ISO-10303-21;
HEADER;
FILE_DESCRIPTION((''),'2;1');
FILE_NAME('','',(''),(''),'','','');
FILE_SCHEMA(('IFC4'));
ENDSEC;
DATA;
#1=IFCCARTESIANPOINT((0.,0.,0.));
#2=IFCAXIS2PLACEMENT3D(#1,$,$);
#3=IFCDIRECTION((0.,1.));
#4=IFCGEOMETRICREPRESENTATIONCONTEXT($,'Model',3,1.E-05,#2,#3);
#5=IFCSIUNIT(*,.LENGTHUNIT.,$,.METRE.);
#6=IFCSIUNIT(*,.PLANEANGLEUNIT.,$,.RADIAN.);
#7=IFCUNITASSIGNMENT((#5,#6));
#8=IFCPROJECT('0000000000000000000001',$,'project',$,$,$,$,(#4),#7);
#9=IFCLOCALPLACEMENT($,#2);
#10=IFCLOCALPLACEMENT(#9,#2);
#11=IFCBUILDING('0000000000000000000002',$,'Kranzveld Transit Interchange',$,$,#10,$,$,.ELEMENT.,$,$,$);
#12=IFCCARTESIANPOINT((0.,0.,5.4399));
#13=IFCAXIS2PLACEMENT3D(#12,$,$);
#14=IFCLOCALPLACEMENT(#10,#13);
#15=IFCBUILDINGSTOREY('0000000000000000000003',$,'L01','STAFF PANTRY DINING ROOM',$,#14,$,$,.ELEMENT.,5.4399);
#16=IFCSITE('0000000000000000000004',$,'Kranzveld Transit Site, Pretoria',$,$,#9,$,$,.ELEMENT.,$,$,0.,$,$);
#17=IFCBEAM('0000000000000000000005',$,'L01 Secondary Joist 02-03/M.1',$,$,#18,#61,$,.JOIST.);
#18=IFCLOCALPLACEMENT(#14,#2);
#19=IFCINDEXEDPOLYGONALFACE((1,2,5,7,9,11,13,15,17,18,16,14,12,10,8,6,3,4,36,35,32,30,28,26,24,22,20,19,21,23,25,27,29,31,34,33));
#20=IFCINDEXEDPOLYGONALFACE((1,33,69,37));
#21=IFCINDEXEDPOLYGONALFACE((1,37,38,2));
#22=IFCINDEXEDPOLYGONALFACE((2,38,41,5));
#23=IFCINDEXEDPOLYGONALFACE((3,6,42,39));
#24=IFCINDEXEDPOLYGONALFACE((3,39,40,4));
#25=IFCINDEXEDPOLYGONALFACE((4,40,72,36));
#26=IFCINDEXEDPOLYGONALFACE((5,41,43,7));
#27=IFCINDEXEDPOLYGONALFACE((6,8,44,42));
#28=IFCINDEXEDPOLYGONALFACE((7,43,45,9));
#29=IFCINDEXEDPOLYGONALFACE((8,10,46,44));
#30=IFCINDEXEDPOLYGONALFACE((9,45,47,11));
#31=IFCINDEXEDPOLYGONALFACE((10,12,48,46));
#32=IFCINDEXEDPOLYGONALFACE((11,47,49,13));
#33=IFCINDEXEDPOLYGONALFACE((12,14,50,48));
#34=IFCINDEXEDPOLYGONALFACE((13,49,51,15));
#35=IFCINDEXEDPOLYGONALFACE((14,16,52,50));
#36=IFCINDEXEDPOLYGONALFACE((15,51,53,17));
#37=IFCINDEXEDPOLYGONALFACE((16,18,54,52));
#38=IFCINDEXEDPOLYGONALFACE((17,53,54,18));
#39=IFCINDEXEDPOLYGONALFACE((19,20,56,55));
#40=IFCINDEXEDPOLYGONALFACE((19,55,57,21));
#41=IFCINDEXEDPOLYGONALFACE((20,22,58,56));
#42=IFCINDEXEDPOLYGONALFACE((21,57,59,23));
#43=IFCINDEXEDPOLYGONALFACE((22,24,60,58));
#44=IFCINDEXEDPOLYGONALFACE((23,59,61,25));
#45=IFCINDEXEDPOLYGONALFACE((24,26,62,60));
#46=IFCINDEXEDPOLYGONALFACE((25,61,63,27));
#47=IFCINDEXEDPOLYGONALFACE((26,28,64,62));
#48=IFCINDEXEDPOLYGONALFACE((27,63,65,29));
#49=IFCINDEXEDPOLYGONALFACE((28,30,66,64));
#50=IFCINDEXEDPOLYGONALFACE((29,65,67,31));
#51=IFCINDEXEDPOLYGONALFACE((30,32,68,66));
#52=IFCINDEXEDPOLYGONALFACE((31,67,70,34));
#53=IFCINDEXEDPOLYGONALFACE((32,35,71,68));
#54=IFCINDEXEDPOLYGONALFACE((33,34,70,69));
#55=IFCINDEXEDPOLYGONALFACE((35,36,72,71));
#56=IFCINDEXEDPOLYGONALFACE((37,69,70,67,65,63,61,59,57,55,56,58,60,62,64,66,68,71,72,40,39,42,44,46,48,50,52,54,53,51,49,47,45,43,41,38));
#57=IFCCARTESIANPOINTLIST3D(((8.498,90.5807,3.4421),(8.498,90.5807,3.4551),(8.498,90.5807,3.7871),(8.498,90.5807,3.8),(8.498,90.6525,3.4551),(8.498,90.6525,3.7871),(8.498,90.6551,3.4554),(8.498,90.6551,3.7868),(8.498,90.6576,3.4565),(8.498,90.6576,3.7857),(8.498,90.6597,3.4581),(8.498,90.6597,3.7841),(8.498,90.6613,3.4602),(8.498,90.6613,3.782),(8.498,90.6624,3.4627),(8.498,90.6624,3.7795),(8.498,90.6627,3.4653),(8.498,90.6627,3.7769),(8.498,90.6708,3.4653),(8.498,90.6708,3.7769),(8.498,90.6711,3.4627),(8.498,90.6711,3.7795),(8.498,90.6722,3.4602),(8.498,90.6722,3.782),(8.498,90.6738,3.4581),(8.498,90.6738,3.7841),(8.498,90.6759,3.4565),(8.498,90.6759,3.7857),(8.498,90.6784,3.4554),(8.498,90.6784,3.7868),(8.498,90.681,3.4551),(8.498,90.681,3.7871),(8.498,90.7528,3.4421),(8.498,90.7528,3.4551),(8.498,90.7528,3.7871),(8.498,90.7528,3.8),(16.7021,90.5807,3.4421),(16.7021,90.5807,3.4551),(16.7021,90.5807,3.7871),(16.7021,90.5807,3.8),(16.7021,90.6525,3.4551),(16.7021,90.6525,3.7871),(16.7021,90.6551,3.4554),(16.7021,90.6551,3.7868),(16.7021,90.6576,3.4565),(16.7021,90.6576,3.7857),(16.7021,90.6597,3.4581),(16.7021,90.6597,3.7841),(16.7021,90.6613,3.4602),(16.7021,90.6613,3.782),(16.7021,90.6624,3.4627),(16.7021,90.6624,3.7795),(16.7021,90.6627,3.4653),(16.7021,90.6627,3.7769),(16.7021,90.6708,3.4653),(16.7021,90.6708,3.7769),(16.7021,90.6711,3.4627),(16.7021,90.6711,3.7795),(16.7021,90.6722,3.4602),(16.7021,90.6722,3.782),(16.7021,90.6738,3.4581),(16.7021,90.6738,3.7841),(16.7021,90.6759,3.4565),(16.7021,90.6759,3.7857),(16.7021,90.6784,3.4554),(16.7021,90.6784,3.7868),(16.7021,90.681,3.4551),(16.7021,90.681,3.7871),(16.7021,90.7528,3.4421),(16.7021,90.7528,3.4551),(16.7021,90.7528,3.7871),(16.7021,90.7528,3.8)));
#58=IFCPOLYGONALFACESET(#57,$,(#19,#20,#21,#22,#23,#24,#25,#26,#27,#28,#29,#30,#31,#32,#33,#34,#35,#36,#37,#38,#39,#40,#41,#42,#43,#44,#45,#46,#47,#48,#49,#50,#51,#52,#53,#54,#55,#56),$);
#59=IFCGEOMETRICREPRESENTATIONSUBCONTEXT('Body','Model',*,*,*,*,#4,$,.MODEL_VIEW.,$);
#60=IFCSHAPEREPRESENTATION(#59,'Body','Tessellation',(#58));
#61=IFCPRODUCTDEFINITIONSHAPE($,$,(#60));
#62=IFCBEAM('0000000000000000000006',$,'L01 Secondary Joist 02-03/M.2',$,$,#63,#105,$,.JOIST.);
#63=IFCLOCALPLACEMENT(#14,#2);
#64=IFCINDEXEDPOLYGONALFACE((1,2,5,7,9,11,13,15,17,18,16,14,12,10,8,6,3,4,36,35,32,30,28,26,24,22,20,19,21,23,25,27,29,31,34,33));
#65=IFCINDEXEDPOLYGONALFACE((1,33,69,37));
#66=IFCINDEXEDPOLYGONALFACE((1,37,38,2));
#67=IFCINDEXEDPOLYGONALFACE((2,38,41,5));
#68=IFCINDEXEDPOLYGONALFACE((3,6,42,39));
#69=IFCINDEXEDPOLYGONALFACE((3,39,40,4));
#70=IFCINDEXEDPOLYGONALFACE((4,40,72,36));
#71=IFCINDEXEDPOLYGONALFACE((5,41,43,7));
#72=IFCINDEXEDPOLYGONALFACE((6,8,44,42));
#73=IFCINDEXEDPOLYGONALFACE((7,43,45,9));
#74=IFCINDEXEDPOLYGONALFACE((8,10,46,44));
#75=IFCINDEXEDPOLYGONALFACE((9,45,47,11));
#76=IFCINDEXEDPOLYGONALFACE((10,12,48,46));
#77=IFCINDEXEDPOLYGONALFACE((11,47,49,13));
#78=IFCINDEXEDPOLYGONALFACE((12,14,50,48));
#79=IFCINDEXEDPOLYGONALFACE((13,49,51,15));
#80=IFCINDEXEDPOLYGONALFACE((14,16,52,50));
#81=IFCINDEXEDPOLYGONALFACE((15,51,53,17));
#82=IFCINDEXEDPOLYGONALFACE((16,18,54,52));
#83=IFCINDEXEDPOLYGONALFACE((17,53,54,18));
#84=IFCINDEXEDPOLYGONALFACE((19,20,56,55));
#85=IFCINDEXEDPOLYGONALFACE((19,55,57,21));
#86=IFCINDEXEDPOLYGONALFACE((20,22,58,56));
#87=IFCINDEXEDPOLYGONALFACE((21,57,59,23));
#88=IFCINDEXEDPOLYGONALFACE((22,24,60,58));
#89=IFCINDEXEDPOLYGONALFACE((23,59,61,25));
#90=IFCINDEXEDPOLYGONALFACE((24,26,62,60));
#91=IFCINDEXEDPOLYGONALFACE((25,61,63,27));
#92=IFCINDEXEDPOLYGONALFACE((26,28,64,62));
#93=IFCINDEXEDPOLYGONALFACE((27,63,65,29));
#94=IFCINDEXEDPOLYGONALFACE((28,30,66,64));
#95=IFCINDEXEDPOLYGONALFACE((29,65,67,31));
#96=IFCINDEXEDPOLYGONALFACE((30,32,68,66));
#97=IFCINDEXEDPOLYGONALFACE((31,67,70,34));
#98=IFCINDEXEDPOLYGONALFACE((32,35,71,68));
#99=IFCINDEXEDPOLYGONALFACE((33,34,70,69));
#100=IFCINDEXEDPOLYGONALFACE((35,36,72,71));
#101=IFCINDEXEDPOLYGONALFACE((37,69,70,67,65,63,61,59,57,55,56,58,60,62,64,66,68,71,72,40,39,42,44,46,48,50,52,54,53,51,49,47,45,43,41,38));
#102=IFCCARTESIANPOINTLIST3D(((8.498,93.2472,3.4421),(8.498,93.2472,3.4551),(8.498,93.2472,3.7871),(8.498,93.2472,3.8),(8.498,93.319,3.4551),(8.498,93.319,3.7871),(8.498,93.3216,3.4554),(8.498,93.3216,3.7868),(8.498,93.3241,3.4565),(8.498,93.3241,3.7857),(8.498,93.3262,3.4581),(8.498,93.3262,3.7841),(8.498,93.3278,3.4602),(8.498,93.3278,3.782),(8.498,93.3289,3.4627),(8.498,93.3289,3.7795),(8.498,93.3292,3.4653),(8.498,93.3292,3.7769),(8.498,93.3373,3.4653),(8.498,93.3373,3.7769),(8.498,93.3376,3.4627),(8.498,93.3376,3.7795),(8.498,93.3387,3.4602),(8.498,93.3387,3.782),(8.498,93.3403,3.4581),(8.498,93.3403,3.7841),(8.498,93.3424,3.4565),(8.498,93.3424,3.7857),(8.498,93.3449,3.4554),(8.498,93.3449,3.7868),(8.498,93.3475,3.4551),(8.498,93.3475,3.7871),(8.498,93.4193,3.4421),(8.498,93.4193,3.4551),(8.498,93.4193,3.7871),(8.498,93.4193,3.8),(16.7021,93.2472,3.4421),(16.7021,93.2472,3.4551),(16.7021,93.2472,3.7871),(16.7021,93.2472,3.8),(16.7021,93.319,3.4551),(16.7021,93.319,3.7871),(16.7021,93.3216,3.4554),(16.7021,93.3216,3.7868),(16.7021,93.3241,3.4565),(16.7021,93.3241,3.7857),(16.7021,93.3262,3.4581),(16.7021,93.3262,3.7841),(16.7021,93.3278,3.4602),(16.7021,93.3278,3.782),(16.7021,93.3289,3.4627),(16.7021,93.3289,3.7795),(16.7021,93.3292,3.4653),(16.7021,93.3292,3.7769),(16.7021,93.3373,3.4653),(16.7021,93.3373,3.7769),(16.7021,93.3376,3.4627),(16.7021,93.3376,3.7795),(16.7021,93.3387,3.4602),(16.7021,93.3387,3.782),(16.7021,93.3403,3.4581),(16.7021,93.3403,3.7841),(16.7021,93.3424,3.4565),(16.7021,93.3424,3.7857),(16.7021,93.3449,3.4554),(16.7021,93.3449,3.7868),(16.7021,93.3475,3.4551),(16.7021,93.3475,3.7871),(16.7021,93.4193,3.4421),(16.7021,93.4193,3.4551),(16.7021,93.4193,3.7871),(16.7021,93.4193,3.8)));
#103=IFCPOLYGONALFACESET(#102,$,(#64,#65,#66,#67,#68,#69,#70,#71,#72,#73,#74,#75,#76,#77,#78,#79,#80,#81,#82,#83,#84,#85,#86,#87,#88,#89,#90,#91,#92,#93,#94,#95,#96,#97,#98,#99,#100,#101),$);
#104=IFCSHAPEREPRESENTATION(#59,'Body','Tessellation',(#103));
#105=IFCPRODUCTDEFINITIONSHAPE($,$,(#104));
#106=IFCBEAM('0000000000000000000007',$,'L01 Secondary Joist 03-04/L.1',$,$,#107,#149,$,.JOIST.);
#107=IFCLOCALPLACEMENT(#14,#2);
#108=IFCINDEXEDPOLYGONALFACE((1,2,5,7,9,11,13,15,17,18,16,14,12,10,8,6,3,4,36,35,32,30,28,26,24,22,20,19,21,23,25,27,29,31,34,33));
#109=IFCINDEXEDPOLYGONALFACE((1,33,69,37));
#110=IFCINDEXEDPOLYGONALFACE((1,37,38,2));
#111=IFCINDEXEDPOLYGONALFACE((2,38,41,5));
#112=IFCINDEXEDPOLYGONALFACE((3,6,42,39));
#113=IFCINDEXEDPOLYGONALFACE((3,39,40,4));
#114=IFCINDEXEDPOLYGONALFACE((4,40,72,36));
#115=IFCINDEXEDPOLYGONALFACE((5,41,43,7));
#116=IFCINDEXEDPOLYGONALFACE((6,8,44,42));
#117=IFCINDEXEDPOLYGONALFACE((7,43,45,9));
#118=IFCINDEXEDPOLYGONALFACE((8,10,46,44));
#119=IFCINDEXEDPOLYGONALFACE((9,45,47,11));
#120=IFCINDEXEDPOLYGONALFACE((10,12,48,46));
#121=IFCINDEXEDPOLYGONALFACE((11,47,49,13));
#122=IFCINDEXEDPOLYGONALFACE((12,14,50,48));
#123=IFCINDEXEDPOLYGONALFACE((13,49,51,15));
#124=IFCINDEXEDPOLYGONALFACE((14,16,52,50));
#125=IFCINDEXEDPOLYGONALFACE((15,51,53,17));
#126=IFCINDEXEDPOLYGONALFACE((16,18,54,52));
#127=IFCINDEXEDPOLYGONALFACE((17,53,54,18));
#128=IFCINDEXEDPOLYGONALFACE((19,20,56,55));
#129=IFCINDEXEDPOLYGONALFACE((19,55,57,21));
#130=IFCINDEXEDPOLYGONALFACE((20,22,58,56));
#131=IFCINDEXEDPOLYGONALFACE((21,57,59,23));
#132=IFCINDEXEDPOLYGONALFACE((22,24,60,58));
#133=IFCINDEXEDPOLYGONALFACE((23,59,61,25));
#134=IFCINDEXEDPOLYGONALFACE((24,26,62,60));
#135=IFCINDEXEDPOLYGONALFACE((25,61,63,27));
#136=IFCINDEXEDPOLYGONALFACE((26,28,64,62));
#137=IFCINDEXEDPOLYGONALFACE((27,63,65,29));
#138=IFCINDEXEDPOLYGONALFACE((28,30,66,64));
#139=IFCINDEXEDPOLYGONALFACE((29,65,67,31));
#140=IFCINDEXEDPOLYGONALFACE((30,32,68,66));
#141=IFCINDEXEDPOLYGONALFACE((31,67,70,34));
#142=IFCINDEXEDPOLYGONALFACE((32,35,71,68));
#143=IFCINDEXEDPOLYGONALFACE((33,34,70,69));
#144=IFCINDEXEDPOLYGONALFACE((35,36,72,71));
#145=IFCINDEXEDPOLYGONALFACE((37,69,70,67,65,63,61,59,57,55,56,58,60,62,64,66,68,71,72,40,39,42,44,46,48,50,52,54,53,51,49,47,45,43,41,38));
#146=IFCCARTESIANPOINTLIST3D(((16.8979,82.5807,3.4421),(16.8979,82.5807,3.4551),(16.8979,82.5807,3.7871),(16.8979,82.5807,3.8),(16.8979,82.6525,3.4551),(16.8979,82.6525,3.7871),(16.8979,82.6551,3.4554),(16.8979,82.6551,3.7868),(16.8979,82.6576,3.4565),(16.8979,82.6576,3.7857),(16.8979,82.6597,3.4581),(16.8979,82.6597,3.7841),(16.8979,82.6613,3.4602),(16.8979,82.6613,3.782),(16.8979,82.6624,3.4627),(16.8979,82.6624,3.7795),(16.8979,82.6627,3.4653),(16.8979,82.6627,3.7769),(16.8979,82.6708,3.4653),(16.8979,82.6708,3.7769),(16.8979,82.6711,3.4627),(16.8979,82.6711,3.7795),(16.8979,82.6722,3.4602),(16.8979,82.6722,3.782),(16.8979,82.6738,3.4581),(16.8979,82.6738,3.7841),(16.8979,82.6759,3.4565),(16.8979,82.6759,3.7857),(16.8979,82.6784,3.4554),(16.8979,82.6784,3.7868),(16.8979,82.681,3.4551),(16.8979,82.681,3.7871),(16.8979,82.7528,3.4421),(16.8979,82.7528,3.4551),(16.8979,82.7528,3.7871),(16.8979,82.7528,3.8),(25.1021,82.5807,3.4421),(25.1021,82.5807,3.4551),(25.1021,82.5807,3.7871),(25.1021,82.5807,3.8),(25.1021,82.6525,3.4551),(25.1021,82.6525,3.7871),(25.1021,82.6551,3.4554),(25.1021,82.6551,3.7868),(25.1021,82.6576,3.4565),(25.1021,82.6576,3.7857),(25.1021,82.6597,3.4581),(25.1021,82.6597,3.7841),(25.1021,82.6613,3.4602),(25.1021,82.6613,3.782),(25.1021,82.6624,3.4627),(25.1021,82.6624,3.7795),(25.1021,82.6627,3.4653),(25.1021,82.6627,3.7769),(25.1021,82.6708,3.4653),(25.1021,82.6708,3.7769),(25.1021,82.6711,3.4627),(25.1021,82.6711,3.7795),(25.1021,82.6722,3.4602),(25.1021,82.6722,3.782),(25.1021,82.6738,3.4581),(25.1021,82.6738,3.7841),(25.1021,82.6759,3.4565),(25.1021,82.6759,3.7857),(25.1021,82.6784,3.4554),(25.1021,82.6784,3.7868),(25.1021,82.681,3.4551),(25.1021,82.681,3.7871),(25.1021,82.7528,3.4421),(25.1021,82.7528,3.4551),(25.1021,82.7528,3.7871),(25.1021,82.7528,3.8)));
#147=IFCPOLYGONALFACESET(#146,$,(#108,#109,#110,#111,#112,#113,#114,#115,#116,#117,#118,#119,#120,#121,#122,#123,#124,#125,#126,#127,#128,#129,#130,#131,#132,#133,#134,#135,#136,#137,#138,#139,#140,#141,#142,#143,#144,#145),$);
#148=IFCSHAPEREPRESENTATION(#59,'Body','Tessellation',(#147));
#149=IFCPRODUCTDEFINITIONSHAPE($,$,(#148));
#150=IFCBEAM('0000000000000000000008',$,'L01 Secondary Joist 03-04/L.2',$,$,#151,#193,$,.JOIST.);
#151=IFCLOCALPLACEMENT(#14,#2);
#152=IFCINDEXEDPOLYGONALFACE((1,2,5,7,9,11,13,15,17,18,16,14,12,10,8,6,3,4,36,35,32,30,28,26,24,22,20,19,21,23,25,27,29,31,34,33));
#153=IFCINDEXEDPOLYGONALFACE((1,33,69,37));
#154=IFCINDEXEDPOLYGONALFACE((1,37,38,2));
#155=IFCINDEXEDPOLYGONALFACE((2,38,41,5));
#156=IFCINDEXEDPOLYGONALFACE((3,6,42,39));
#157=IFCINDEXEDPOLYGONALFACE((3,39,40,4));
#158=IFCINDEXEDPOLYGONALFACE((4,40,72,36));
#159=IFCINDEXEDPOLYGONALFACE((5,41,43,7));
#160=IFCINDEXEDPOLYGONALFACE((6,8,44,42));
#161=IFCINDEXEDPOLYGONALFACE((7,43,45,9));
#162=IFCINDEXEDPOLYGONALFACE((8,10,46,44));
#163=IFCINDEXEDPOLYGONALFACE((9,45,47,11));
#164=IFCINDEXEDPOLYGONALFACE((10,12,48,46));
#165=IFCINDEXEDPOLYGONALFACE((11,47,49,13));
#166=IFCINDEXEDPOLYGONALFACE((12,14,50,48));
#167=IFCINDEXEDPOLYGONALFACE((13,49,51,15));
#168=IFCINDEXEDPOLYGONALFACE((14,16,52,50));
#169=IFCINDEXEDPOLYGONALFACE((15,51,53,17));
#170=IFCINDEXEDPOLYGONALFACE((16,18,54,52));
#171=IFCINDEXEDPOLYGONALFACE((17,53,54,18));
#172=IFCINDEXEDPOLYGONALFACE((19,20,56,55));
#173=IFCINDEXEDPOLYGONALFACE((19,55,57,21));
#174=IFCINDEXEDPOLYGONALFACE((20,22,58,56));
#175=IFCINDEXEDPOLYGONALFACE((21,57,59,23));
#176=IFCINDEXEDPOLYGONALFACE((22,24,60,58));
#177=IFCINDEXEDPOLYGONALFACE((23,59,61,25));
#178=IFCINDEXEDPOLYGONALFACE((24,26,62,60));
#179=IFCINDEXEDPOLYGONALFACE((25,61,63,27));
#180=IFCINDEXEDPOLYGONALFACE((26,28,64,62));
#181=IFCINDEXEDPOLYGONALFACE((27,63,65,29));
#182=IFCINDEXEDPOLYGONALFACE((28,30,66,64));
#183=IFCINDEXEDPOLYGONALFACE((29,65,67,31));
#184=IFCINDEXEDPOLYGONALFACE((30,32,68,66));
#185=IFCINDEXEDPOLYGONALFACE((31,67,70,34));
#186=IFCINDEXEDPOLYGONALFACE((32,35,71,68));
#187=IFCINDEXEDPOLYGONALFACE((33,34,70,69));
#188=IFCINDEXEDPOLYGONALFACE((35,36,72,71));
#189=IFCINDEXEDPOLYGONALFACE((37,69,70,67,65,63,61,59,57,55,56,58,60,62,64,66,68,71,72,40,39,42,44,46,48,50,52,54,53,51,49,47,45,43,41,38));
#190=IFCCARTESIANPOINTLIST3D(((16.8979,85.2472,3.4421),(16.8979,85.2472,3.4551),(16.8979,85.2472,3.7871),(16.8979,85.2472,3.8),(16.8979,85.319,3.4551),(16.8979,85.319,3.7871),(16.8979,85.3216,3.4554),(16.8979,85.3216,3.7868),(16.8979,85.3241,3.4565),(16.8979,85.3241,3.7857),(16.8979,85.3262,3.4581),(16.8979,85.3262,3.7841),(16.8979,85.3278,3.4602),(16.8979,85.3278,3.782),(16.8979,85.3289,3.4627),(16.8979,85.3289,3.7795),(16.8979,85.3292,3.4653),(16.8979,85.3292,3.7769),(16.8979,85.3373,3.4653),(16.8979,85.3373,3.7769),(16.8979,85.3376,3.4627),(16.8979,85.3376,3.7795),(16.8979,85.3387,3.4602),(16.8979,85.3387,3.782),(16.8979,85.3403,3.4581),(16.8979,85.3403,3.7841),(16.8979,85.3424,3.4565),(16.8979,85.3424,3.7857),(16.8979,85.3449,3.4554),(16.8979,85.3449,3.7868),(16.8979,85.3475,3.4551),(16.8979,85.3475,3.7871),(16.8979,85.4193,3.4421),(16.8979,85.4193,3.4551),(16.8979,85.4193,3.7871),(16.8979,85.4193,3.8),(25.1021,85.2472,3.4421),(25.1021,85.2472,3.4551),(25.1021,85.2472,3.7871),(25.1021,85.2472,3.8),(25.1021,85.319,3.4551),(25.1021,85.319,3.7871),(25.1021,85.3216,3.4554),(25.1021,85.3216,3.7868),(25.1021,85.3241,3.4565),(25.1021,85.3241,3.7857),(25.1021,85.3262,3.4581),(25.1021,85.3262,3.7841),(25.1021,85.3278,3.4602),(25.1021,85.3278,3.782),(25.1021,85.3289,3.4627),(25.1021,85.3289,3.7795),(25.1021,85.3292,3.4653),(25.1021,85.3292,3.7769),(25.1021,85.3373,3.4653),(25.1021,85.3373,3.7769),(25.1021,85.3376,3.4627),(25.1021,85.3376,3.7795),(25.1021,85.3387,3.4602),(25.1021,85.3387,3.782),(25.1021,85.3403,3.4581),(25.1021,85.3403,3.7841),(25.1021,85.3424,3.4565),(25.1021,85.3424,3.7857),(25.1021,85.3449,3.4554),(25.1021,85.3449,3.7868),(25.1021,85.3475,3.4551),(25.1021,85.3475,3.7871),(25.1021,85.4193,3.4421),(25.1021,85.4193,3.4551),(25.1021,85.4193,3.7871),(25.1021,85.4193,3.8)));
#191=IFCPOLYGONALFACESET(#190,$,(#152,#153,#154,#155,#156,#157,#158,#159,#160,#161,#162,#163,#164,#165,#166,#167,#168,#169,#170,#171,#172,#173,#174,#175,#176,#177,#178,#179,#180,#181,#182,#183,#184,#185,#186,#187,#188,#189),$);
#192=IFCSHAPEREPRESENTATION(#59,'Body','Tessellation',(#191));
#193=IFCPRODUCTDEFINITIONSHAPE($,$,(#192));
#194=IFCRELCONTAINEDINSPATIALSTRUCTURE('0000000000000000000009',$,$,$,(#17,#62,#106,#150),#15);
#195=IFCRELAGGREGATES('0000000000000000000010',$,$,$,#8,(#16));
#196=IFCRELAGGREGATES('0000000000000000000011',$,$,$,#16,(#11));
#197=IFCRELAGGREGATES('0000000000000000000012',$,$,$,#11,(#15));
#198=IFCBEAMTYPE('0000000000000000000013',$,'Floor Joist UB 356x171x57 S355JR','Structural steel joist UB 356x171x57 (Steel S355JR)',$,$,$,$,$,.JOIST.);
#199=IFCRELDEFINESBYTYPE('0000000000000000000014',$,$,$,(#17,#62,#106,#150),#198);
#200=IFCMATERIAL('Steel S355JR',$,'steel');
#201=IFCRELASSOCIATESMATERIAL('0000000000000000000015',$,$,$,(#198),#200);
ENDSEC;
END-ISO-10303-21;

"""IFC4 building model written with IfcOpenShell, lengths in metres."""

from ifc_helpers import new_model, si_unit, direction, frame, origin, origin_2d, place, context, subcontext, project, spatial, i_section, extrude, material, material_profile, profile_set, type_object, element, save


model = new_model("IFC4")

# Units and contexts
model_context = context("Model", 3, precision=1e-05, world=origin(), true_north=direction((0.0, 1.0)))
body_context = subcontext(model_context, "Body", "Model", "MODEL_VIEW")
ifc_project = project(units=[si_unit("LENGTHUNIT", "METRE"), si_unit("PLANEANGLEUNIT", "RADIAN")], contexts=[model_context])

# Site, building, storey
site_placement = place(None, origin())
site = spatial("IfcSite", under=ifc_project, at=site_placement, Name="Kranzveld Transit Site, Pretoria", CompositionType="ELEMENT", RefElevation=0.0)
building_placement = place(site_placement, origin())
building = spatial("IfcBuilding", under=site, at=building_placement, Name="Kranzveld Transit Interchange", CompositionType="ELEMENT")
storey_placement = place(building_placement, frame((0.0, 0.0, 5.4399)))
storey = spatial("IfcBuildingStorey", under=building, at=storey_placement, Name="L01", Description="STAFF PANTRY DINING ROOM", CompositionType="ELEMENT", Elevation=5.4399)

# Beams
ifc_material_1 = material(Name="Steel S355JR", Category="steel")
ifc_material_profile_1 = material_profile(ifc_material_1, i_section(OverallWidth=0.1721, OverallDepth=0.3579, WebThickness=0.0081, FlangeThickness=0.0129, FilletRadius=0.0103, at=origin_2d()), Name="UB 356x171x57")
ifc_profile_set_1 = profile_set([ifc_material_profile_1], Name="Steel S355JR")
beam_type_1 = type_object("IfcBeamType", Name="Floor Joist UB 356x171x57 S355JR", Description="Structural steel joist UB 356x171x57 (Steel S355JR)", PredefinedType="JOIST", material=ifc_profile_set_1)
for number, where, z_axis, x_axis, name in (
    (1, (8.498, 90.6667, 3.6211), (1.0, 0.0, 0.0), (0.0, 1.0, 0.0), "L01 Secondary Joist 02-03/M.1"),
    (2, (8.498, 93.3333, 3.6211), (1.0, 0.0, 0.0), (0.0, 1.0, 0.0), "L01 Secondary Joist 02-03/M.2"),
    (3, (16.8979, 82.6667, 3.6211), (1.0, 0.0, 0.0), (0.0, 1.0, 0.0), "L01 Secondary Joist 03-04/L.1"),
    (4, (16.8979, 85.3333, 3.6211), (1.0, 0.0, 0.0), (0.0, 1.0, 0.0), "L01 Secondary Joist 03-04/L.2"),
):
    element("IfcBeam", number, at=place(storey_placement, frame(where, z_axis=z_axis, x_axis=x_axis)), inside=storey, type_object=beam_type_1, Name=name, PredefinedType="JOIST", context=body_context, shape_type="SweptSolid", body=[
        extrude(i_section(OverallWidth=0.1721, OverallDepth=0.3579, WebThickness=0.0081, FlangeThickness=0.0129, FilletRadius=0.0103, at=origin_2d()), origin(), (0.0, 0.0, 1.0), 8.2041),
    ])

save(model, "model.ifc")
